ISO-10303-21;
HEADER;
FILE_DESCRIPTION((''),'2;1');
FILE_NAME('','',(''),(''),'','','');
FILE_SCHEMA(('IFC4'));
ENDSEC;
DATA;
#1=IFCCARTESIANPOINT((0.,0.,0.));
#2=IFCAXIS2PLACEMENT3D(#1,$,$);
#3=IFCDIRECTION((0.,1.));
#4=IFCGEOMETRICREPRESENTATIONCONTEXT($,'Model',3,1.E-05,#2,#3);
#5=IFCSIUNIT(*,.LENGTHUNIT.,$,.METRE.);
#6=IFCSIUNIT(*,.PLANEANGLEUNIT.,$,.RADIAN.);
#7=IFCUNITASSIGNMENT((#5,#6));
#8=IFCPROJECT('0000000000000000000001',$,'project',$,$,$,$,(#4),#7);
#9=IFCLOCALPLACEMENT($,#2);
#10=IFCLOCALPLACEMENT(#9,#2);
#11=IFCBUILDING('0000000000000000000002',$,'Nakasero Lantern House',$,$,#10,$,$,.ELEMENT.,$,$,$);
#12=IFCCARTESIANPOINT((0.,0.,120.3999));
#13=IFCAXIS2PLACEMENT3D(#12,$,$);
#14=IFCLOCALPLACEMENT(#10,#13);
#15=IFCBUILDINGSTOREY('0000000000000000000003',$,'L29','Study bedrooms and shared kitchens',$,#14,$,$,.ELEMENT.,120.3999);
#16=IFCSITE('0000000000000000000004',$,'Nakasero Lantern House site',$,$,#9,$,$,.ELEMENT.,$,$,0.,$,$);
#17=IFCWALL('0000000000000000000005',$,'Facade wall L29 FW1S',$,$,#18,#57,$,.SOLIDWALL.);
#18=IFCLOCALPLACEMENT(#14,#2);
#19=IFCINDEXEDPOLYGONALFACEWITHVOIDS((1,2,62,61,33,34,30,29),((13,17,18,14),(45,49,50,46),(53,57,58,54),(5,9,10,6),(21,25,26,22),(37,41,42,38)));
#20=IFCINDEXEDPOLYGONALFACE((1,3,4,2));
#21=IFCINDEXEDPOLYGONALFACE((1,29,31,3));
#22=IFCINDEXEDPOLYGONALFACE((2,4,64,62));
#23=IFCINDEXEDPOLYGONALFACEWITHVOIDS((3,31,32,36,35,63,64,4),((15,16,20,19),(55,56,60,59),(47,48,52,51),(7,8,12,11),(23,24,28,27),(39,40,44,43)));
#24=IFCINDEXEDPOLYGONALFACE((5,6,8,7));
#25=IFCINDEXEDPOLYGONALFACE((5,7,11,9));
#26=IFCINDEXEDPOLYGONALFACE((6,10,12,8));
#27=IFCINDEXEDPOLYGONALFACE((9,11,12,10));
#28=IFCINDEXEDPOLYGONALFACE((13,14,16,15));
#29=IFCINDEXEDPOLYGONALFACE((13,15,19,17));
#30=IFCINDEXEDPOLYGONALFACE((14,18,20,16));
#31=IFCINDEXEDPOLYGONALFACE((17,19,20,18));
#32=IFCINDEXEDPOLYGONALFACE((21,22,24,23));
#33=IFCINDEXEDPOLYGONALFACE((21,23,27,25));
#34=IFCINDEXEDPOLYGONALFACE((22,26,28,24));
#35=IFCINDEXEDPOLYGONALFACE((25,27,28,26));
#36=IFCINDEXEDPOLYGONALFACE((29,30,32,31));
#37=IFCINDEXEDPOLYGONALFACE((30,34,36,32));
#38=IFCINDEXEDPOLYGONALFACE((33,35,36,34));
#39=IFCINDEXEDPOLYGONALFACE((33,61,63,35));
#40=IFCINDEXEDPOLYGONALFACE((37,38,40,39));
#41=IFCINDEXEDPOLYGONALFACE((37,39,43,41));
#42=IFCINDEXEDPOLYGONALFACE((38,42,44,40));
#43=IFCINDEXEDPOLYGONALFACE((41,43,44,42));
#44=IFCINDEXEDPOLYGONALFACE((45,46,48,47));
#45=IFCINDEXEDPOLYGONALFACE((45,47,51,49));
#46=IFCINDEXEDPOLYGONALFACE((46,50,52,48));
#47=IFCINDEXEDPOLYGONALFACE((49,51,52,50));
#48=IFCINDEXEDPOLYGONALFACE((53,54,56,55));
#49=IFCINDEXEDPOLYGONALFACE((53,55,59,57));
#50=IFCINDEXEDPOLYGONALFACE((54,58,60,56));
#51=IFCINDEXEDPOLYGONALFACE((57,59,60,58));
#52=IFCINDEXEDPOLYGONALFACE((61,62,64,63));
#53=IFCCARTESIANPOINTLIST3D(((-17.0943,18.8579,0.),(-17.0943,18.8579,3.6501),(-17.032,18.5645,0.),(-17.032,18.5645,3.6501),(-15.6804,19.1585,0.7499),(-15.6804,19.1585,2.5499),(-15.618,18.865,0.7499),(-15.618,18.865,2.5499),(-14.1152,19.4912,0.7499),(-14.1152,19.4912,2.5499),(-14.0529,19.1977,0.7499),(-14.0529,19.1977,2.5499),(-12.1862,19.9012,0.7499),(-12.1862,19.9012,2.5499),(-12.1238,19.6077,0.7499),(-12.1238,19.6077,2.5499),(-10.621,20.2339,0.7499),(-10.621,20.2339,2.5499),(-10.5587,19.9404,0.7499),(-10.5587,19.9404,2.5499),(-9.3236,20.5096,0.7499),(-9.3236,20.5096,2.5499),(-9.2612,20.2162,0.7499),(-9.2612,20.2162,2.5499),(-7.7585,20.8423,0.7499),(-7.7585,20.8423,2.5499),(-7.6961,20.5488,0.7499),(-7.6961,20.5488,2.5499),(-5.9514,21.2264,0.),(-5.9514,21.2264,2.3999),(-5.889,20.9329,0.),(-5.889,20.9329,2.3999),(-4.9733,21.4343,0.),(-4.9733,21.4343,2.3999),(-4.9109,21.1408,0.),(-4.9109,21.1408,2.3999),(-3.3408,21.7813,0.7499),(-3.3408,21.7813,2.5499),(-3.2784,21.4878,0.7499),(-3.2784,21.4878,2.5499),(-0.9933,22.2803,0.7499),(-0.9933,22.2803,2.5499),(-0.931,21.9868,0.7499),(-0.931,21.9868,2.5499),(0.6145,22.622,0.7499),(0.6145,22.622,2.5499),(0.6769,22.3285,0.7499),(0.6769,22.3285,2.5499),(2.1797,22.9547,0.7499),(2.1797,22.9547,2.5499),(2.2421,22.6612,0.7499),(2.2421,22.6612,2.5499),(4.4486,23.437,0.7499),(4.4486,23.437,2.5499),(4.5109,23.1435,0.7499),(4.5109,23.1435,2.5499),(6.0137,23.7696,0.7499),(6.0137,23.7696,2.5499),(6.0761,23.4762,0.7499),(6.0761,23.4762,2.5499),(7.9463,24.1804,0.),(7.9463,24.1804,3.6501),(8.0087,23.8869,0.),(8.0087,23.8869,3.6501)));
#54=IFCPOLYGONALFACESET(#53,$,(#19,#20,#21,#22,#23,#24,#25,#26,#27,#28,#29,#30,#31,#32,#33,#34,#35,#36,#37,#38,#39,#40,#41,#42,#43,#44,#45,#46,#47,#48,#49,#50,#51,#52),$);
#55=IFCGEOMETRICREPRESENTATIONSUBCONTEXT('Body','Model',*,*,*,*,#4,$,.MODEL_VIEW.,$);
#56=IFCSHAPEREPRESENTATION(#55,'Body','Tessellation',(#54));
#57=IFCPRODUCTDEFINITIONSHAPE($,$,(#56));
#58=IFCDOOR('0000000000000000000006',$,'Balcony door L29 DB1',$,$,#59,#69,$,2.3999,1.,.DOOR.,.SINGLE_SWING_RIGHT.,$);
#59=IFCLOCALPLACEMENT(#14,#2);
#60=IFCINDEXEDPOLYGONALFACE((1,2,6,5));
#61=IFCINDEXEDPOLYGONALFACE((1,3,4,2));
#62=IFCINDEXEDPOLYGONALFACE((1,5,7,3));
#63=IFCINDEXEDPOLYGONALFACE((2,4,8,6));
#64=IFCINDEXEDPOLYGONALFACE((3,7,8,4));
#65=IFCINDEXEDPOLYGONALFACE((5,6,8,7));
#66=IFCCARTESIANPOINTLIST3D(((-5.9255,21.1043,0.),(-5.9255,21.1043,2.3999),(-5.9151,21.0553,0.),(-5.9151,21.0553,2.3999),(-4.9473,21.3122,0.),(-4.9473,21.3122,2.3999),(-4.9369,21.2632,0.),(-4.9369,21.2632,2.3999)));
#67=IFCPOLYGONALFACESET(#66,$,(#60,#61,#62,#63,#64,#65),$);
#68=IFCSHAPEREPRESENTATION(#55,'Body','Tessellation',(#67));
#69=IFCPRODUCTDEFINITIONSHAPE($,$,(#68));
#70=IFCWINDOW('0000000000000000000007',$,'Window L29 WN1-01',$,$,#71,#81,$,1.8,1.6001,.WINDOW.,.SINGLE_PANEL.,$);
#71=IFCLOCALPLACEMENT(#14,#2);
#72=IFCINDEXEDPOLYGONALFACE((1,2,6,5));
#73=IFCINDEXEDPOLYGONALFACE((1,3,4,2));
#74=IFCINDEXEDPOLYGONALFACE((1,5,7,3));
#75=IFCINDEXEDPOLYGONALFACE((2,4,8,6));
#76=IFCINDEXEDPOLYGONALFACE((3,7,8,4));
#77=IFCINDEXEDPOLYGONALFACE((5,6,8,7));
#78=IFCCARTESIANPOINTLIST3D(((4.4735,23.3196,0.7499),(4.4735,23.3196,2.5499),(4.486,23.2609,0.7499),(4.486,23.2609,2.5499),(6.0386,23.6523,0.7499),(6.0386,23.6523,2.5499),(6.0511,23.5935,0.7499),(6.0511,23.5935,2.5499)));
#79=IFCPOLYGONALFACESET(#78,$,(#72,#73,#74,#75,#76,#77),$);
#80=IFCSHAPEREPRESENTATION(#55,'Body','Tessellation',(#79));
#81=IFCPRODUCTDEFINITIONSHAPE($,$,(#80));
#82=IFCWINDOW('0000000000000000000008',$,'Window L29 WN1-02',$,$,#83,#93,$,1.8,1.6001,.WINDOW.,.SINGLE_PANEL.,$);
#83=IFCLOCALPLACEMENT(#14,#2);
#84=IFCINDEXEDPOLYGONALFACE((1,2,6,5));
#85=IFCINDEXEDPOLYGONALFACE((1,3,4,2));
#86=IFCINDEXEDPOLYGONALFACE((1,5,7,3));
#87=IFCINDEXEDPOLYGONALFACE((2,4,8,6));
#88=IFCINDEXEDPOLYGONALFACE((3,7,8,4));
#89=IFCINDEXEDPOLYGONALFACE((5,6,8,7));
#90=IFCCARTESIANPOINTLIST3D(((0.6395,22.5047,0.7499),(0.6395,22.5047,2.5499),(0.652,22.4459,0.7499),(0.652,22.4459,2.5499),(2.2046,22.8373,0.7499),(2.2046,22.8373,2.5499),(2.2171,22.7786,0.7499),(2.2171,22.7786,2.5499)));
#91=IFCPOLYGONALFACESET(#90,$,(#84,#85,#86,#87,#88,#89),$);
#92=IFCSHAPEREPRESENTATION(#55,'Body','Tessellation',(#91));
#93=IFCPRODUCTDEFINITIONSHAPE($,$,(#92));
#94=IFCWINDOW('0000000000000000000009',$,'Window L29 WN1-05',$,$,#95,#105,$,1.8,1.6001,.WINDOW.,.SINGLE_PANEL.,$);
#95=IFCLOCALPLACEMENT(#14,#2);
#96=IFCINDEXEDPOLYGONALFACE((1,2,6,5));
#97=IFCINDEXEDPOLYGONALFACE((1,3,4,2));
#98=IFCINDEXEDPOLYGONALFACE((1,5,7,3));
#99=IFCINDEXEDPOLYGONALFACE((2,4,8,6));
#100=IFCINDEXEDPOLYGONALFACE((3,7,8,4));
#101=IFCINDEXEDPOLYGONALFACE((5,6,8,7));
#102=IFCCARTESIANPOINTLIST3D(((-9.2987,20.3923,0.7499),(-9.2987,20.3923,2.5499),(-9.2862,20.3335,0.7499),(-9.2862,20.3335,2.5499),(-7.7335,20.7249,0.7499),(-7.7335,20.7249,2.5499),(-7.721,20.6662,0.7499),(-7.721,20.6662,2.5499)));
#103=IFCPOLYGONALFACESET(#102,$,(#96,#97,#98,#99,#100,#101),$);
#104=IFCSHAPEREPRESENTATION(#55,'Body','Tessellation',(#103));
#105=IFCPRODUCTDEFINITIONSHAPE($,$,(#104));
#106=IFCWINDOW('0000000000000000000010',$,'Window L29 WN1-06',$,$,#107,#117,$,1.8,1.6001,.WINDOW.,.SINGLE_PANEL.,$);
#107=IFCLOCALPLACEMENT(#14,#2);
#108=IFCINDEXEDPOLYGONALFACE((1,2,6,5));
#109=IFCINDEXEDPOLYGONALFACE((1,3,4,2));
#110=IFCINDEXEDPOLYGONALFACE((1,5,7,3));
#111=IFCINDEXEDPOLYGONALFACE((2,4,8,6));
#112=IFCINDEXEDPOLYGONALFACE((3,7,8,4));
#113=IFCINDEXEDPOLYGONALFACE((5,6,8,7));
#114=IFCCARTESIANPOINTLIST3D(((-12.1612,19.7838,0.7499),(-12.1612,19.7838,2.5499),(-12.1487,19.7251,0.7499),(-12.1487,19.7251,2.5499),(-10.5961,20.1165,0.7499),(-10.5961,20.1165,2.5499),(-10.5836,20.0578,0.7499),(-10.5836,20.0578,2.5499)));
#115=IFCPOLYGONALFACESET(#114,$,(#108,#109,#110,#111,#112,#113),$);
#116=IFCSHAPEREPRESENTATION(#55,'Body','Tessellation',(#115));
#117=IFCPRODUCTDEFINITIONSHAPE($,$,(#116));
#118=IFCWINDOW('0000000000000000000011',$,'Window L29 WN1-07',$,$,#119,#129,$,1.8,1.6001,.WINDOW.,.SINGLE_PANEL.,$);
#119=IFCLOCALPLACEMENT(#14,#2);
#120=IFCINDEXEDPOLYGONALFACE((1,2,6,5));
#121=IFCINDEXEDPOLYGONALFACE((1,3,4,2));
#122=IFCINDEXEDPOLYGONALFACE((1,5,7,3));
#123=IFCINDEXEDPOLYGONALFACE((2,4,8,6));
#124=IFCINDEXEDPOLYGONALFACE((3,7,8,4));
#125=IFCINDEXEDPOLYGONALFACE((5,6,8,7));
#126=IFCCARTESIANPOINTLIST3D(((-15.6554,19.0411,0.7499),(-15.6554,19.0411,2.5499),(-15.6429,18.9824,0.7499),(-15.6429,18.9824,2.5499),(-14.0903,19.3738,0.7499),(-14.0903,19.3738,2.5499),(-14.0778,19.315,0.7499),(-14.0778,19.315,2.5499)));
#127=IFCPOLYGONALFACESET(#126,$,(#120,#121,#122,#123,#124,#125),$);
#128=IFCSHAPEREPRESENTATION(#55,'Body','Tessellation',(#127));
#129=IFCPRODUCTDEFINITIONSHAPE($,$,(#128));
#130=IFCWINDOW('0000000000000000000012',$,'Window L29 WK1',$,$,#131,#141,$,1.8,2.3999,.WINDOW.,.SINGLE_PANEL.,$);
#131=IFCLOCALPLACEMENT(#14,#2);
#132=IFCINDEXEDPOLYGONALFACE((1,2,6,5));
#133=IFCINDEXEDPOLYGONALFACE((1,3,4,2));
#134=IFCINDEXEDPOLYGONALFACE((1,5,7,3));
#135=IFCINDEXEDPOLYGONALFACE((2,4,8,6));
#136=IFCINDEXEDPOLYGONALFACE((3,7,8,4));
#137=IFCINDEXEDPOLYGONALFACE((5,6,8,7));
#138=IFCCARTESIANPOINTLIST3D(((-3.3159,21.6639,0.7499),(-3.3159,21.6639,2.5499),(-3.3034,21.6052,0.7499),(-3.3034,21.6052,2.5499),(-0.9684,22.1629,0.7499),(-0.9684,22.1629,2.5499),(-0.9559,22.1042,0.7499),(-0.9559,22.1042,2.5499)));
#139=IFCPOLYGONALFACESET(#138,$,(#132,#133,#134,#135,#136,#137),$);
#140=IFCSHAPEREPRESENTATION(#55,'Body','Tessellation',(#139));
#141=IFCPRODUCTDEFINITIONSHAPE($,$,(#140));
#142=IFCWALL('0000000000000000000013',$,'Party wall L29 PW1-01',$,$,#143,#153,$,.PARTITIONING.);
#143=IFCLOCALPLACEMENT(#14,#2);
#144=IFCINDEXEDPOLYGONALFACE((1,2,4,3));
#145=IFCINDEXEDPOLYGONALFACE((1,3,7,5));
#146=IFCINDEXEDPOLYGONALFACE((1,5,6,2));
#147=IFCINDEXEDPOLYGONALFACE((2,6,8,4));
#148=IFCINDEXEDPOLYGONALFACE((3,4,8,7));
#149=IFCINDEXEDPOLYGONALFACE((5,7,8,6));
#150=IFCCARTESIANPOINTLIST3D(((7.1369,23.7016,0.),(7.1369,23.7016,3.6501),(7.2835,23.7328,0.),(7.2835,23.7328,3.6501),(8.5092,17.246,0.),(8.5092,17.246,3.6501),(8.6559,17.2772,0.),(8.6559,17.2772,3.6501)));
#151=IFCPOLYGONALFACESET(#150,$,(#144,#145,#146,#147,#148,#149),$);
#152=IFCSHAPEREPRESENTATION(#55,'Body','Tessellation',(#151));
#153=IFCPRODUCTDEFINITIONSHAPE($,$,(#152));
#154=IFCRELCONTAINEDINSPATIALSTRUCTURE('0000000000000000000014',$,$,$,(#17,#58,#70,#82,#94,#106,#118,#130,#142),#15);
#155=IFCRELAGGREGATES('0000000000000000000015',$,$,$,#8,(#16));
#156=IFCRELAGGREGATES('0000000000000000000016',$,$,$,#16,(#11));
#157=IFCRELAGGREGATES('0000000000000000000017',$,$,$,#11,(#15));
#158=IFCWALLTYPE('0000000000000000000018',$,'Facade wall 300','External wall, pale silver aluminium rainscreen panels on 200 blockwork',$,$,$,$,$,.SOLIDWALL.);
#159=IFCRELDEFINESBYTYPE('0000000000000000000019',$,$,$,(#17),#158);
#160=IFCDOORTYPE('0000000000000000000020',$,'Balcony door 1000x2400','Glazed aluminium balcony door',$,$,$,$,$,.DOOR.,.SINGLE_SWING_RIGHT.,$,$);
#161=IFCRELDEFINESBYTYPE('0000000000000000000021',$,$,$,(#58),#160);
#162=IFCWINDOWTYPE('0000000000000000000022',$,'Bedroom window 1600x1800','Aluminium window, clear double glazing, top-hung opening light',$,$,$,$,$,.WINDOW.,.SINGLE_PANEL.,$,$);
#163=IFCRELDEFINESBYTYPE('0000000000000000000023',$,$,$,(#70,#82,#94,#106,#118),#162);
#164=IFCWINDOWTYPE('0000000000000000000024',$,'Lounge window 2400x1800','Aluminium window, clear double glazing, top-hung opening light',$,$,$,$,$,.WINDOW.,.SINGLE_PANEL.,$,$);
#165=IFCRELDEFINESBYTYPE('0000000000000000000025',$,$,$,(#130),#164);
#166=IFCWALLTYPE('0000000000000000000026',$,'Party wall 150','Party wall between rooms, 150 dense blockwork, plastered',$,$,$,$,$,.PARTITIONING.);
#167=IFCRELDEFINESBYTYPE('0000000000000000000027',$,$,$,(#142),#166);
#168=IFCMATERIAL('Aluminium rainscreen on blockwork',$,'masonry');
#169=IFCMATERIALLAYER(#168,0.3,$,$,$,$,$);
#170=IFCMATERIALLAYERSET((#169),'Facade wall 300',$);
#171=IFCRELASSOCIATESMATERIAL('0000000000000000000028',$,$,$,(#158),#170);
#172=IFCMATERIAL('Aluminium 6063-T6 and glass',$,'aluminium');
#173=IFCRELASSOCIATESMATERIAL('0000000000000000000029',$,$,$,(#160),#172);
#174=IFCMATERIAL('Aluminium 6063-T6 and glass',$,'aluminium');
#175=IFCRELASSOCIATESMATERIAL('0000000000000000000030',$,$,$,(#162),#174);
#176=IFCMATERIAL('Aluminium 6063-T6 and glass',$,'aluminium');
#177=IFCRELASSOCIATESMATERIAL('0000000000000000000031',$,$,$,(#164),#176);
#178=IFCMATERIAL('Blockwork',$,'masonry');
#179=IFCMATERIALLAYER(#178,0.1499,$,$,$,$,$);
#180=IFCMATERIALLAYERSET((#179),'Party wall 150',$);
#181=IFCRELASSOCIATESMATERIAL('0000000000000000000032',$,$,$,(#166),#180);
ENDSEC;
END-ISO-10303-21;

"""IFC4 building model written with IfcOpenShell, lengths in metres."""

from ifc_helpers import new_model, si_unit, direction, frame, frame_2d, origin, place, context, subcontext, project, spatial, rectangle, extrude, material, layer, layer_set, type_object, element, fill, save


model = new_model("IFC4")

# Units and contexts
model_context = context("Model", 3, precision=1e-05, world=origin(), true_north=direction((0.0, 1.0)))
body_context = subcontext(model_context, "Body", "Model", "MODEL_VIEW")
ifc_project = project(units=[si_unit("LENGTHUNIT", "METRE"), si_unit("PLANEANGLEUNIT", "RADIAN")], contexts=[model_context])

# Site, building, storey
site_placement = place(None, origin())
site = spatial("IfcSite", under=ifc_project, at=site_placement, Name="Nakasero Lantern House site", CompositionType="ELEMENT", RefElevation=0.0)
building_placement = place(site_placement, origin())
building = spatial("IfcBuilding", under=site, at=building_placement, Name="Nakasero Lantern House", CompositionType="ELEMENT")
storey_placement = place(building_placement, frame((0.0, 0.0, 120.3999)))
storey = spatial("IfcBuildingStorey", under=building, at=storey_placement, Name="L29", Description="Study bedrooms and shared kitchens", CompositionType="ELEMENT", Elevation=120.3999)

# Wall, openings, door, windows
ifc_material_1 = material(Name="Aluminium rainscreen on blockwork", Category="masonry")
ifc_layer_1 = layer(ifc_material_1, 0.3)
ifc_layer_set_1 = layer_set([ifc_layer_1], Name="Facade wall 300")
wall_type_1 = type_object("IfcWallType", Name="Facade wall 300", Description="External wall, pale silver aluminium rainscreen panels on 200 blockwork", PredefinedType="SOLIDWALL", material=ifc_layer_set_1)
wall_1_placement = place(storey_placement, frame((7.9775, 24.0337, 0.0), z_axis=(0.0, 0.0, 1.0), x_axis=(-0.978148, -0.207909, 0.0)))
wall_1 = element("IfcWall", 1, at=wall_1_placement, inside=storey, type_object=wall_type_1, Name="Facade wall L29 FW1S", PredefinedType="SOLIDWALL", context=body_context, shape_type="SweptSolid", body=[
    extrude(rectangle(XDim=25.6001, YDim=0.3, at=frame_2d((12.8, 0.0))), origin(), (0.0, 0.0, 1.0), 3.6501),
])
opening_1_placement = place(wall_1_placement, frame((1.9758, 0.0, 0.75)))
opening_1 = element("IfcOpeningElement", 2, at=opening_1_placement, cuts=wall_1, PredefinedType="OPENING", context=body_context, shape_type="SweptSolid", body=[
    extrude(rectangle(XDim=1.6001, YDim=1.8, at=frame_2d((0.8, 0.8999))), frame((0.0, 0.1699, 0.0), z_axis=(0.0, -1.0, 0.0), x_axis=(1.0, 0.0, 0.0)), (0.0, 0.0, 1.0), 0.3401),
])
opening_2_placement = place(wall_1_placement, frame((5.8955, 0.0, 0.75)))
opening_2 = element("IfcOpeningElement", 3, at=opening_2_placement, cuts=wall_1, PredefinedType="OPENING", context=body_context, shape_type="SweptSolid", body=[
    extrude(rectangle(XDim=1.6001, YDim=1.8, at=frame_2d((0.8, 0.8999))), frame((0.0, 0.1699, 0.0), z_axis=(0.0, -1.0, 0.0), x_axis=(1.0, 0.0, 0.0)), (0.0, 0.0, 1.0), 0.3401),
])
opening_3_placement = place(wall_1_placement, frame((16.0557, 0.0, 0.75)))
opening_3 = element("IfcOpeningElement", 4, at=opening_3_placement, cuts=wall_1, PredefinedType="OPENING", context=body_context, shape_type="SweptSolid", body=[
    extrude(rectangle(XDim=1.6001, YDim=1.8, at=frame_2d((0.8, 0.8999))), frame((0.0, 0.1699, 0.0), z_axis=(0.0, -1.0, 0.0), x_axis=(1.0, 0.0, 0.0)), (0.0, 0.0, 1.0), 0.3401),
])
opening_4_placement = place(wall_1_placement, frame((18.9822, 0.0, 0.75)))
opening_4 = element("IfcOpeningElement", 5, at=opening_4_placement, cuts=wall_1, PredefinedType="OPENING", context=body_context, shape_type="SweptSolid", body=[
    extrude(rectangle(XDim=1.6001, YDim=1.8, at=frame_2d((0.8, 0.8999))), frame((0.0, 0.1699, 0.0), z_axis=(0.0, -1.0, 0.0), x_axis=(1.0, 0.0, 0.0)), (0.0, 0.0, 1.0), 0.3401),
])
opening_5_placement = place(wall_1_placement, frame((22.5544, 0.0, 0.75)))
opening_5 = element("IfcOpeningElement", 6, at=opening_5_placement, cuts=wall_1, PredefinedType="OPENING", context=body_context, shape_type="SweptSolid", body=[
    extrude(rectangle(XDim=1.6001, YDim=1.8, at=frame_2d((0.8, 0.8999))), frame((0.0, 0.1699, 0.0), z_axis=(0.0, -1.0, 0.0), x_axis=(1.0, 0.0, 0.0)), (0.0, 0.0, 1.0), 0.3401),
])
opening_6_placement = place(wall_1_placement, frame((9.1394, 0.0, 0.75)))
opening_6 = element("IfcOpeningElement", 7, at=opening_6_placement, cuts=wall_1, PredefinedType="OPENING", context=body_context, shape_type="SweptSolid", body=[
    extrude(rectangle(XDim=2.3999, YDim=1.8, at=frame_2d((1.2, 0.8999))), frame((0.0, 0.1699, 0.0), z_axis=(0.0, -1.0, 0.0), x_axis=(1.0, 0.0, 0.0)), (0.0, 0.0, 1.0), 0.3401),
])
opening_7_placement = place(wall_1_placement, frame((13.2083, 0.0, 0.0)))
opening_7 = element("IfcOpeningElement", 8, at=opening_7_placement, cuts=wall_1, PredefinedType="OPENING", context=body_context, shape_type="SweptSolid", body=[
    extrude(rectangle(XDim=1.0, YDim=2.3999, at=frame_2d((0.5, 1.2))), frame((0.0, 0.1699, 0.0), z_axis=(0.0, -1.0, 0.0), x_axis=(1.0, 0.0, 0.0)), (0.0, 0.0, 1.0), 0.3401),
])
ifc_material_2 = material(Name="Aluminium 6063-T6 and glass", Category="aluminium")
door_type_1 = type_object("IfcDoorType", Name="Balcony door 1000x2400", Description="Glazed aluminium balcony door", OperationType="SINGLE_SWING_RIGHT", PredefinedType="DOOR", material=ifc_material_2)
door_1_placement = place(opening_7_placement, origin())
door_1 = element("IfcDoor", 9, at=door_1_placement, inside=storey, type_object=door_type_1, Name="Balcony door L29 DB1", OperationType="SINGLE_SWING_RIGHT", OverallHeight=2.3999, OverallWidth=1.0, PredefinedType="DOOR", context=body_context, shape_type="SweptSolid", body=[
    extrude(rectangle(XDim=1.0, YDim=2.3999, at=frame_2d((0.5, 1.2))), frame((0.0, 0.0249, 0.0), z_axis=(0.0, -1.0, 0.0), x_axis=(1.0, 0.0, 0.0)), (0.0, 0.0, 1.0), 0.05),
])
fill(opening_7, door_1)
ifc_material_3 = material(Name="Aluminium 6063-T6 and glass", Category="aluminium")
window_type_1 = type_object("IfcWindowType", Name="Bedroom window 1600x1800", Description="Aluminium window, clear double glazing, top-hung opening light", PartitioningType="SINGLE_PANEL", PredefinedType="WINDOW", material=ifc_material_3)
window_1_placement = place(opening_1_placement, origin())
window_1 = element("IfcWindow", 10, at=window_1_placement, inside=storey, type_object=window_type_1, Name="Window L29 WN1-01", OverallHeight=1.8, OverallWidth=1.6001, PartitioningType="SINGLE_PANEL", PredefinedType="WINDOW", context=body_context, shape_type="SweptSolid", body=[
    extrude(rectangle(XDim=1.6001, YDim=1.8, at=frame_2d((0.8, 0.8999))), frame((0.0, 0.03, 0.0), z_axis=(0.0, -1.0, 0.0), x_axis=(1.0, 0.0, 0.0)), (0.0, 0.0, 1.0), 0.0601),
])
fill(opening_1, window_1)
window_2_placement = place(opening_2_placement, origin())
window_2 = element("IfcWindow", 11, at=window_2_placement, inside=storey, type_object=window_type_1, Name="Window L29 WN1-02", OverallHeight=1.8, OverallWidth=1.6001, PartitioningType="SINGLE_PANEL", PredefinedType="WINDOW", context=body_context, shape_type="SweptSolid", body=[
    extrude(rectangle(XDim=1.6001, YDim=1.8, at=frame_2d((0.8, 0.8999))), frame((0.0, 0.03, 0.0), z_axis=(0.0, -1.0, 0.0), x_axis=(1.0, 0.0, 0.0)), (0.0, 0.0, 1.0), 0.0601),
])
fill(opening_2, window_2)
window_3_placement = place(opening_3_placement, origin())
window_3 = element("IfcWindow", 12, at=window_3_placement, inside=storey, type_object=window_type_1, Name="Window L29 WN1-05", OverallHeight=1.8, OverallWidth=1.6001, PartitioningType="SINGLE_PANEL", PredefinedType="WINDOW", context=body_context, shape_type="SweptSolid", body=[
    extrude(rectangle(XDim=1.6001, YDim=1.8, at=frame_2d((0.8, 0.8999))), frame((0.0, 0.03, 0.0), z_axis=(0.0, -1.0, 0.0), x_axis=(1.0, 0.0, 0.0)), (0.0, 0.0, 1.0), 0.0601),
])
fill(opening_3, window_3)
window_4_placement = place(opening_4_placement, origin())
window_4 = element("IfcWindow", 13, at=window_4_placement, inside=storey, type_object=window_type_1, Name="Window L29 WN1-06", OverallHeight=1.8, OverallWidth=1.6001, PartitioningType="SINGLE_PANEL", PredefinedType="WINDOW", context=body_context, shape_type="SweptSolid", body=[
    extrude(rectangle(XDim=1.6001, YDim=1.8, at=frame_2d((0.8, 0.8999))), frame((0.0, 0.03, 0.0), z_axis=(0.0, -1.0, 0.0), x_axis=(1.0, 0.0, 0.0)), (0.0, 0.0, 1.0), 0.0601),
])
fill(opening_4, window_4)
window_5_placement = place(opening_5_placement, origin())
window_5 = element("IfcWindow", 14, at=window_5_placement, inside=storey, type_object=window_type_1, Name="Window L29 WN1-07", OverallHeight=1.8, OverallWidth=1.6001, PartitioningType="SINGLE_PANEL", PredefinedType="WINDOW", context=body_context, shape_type="SweptSolid", body=[
    extrude(rectangle(XDim=1.6001, YDim=1.8, at=frame_2d((0.8, 0.8999))), frame((0.0, 0.03, 0.0), z_axis=(0.0, -1.0, 0.0), x_axis=(1.0, 0.0, 0.0)), (0.0, 0.0, 1.0), 0.0601),
])
fill(opening_5, window_5)
ifc_material_4 = material(Name="Aluminium 6063-T6 and glass", Category="aluminium")
window_type_2 = type_object("IfcWindowType", Name="Lounge window 2400x1800", Description="Aluminium window, clear double glazing, top-hung opening light", PartitioningType="SINGLE_PANEL", PredefinedType="WINDOW", material=ifc_material_4)
window_6_placement = place(opening_6_placement, origin())
window_6 = element("IfcWindow", 15, at=window_6_placement, inside=storey, type_object=window_type_2, Name="Window L29 WK1", OverallHeight=1.8, OverallWidth=2.3999, PartitioningType="SINGLE_PANEL", PredefinedType="WINDOW", context=body_context, shape_type="SweptSolid", body=[
    extrude(rectangle(XDim=2.3999, YDim=1.8, at=frame_2d((1.2, 0.8999))), frame((0.0, 0.03, 0.0), z_axis=(0.0, -1.0, 0.0), x_axis=(1.0, 0.0, 0.0)), (0.0, 0.0, 1.0), 0.0601),
])
fill(opening_6, window_6)

# Wall
ifc_material_5 = material(Name="Blockwork", Category="masonry")
ifc_layer_2 = layer(ifc_material_5, 0.1499)
ifc_layer_set_2 = layer_set([ifc_layer_2], Name="Party wall 150")
wall_type_2 = type_object("IfcWallType", Name="Party wall 150", Description="Party wall between rooms, 150 dense blockwork, plastered", PredefinedType="PARTITIONING", material=ifc_layer_set_2)
wall_2_placement = place(storey_placement, frame((8.5825, 17.2617, 0.0), z_axis=(0.0, 0.0, 1.0), x_axis=(-0.207932, 0.978143, 0.0)))
element("IfcWall", 16, at=wall_2_placement, inside=storey, type_object=wall_type_2, Name="Party wall L29 PW1-01", PredefinedType="PARTITIONING", context=body_context, shape_type="SweptSolid", body=[
    extrude(rectangle(XDim=6.5999, YDim=0.1499, at=frame_2d((3.2998, 0.0))), origin(), (0.0, 0.0, 1.0), 3.6501),
])

save(model, "model.ifc")
